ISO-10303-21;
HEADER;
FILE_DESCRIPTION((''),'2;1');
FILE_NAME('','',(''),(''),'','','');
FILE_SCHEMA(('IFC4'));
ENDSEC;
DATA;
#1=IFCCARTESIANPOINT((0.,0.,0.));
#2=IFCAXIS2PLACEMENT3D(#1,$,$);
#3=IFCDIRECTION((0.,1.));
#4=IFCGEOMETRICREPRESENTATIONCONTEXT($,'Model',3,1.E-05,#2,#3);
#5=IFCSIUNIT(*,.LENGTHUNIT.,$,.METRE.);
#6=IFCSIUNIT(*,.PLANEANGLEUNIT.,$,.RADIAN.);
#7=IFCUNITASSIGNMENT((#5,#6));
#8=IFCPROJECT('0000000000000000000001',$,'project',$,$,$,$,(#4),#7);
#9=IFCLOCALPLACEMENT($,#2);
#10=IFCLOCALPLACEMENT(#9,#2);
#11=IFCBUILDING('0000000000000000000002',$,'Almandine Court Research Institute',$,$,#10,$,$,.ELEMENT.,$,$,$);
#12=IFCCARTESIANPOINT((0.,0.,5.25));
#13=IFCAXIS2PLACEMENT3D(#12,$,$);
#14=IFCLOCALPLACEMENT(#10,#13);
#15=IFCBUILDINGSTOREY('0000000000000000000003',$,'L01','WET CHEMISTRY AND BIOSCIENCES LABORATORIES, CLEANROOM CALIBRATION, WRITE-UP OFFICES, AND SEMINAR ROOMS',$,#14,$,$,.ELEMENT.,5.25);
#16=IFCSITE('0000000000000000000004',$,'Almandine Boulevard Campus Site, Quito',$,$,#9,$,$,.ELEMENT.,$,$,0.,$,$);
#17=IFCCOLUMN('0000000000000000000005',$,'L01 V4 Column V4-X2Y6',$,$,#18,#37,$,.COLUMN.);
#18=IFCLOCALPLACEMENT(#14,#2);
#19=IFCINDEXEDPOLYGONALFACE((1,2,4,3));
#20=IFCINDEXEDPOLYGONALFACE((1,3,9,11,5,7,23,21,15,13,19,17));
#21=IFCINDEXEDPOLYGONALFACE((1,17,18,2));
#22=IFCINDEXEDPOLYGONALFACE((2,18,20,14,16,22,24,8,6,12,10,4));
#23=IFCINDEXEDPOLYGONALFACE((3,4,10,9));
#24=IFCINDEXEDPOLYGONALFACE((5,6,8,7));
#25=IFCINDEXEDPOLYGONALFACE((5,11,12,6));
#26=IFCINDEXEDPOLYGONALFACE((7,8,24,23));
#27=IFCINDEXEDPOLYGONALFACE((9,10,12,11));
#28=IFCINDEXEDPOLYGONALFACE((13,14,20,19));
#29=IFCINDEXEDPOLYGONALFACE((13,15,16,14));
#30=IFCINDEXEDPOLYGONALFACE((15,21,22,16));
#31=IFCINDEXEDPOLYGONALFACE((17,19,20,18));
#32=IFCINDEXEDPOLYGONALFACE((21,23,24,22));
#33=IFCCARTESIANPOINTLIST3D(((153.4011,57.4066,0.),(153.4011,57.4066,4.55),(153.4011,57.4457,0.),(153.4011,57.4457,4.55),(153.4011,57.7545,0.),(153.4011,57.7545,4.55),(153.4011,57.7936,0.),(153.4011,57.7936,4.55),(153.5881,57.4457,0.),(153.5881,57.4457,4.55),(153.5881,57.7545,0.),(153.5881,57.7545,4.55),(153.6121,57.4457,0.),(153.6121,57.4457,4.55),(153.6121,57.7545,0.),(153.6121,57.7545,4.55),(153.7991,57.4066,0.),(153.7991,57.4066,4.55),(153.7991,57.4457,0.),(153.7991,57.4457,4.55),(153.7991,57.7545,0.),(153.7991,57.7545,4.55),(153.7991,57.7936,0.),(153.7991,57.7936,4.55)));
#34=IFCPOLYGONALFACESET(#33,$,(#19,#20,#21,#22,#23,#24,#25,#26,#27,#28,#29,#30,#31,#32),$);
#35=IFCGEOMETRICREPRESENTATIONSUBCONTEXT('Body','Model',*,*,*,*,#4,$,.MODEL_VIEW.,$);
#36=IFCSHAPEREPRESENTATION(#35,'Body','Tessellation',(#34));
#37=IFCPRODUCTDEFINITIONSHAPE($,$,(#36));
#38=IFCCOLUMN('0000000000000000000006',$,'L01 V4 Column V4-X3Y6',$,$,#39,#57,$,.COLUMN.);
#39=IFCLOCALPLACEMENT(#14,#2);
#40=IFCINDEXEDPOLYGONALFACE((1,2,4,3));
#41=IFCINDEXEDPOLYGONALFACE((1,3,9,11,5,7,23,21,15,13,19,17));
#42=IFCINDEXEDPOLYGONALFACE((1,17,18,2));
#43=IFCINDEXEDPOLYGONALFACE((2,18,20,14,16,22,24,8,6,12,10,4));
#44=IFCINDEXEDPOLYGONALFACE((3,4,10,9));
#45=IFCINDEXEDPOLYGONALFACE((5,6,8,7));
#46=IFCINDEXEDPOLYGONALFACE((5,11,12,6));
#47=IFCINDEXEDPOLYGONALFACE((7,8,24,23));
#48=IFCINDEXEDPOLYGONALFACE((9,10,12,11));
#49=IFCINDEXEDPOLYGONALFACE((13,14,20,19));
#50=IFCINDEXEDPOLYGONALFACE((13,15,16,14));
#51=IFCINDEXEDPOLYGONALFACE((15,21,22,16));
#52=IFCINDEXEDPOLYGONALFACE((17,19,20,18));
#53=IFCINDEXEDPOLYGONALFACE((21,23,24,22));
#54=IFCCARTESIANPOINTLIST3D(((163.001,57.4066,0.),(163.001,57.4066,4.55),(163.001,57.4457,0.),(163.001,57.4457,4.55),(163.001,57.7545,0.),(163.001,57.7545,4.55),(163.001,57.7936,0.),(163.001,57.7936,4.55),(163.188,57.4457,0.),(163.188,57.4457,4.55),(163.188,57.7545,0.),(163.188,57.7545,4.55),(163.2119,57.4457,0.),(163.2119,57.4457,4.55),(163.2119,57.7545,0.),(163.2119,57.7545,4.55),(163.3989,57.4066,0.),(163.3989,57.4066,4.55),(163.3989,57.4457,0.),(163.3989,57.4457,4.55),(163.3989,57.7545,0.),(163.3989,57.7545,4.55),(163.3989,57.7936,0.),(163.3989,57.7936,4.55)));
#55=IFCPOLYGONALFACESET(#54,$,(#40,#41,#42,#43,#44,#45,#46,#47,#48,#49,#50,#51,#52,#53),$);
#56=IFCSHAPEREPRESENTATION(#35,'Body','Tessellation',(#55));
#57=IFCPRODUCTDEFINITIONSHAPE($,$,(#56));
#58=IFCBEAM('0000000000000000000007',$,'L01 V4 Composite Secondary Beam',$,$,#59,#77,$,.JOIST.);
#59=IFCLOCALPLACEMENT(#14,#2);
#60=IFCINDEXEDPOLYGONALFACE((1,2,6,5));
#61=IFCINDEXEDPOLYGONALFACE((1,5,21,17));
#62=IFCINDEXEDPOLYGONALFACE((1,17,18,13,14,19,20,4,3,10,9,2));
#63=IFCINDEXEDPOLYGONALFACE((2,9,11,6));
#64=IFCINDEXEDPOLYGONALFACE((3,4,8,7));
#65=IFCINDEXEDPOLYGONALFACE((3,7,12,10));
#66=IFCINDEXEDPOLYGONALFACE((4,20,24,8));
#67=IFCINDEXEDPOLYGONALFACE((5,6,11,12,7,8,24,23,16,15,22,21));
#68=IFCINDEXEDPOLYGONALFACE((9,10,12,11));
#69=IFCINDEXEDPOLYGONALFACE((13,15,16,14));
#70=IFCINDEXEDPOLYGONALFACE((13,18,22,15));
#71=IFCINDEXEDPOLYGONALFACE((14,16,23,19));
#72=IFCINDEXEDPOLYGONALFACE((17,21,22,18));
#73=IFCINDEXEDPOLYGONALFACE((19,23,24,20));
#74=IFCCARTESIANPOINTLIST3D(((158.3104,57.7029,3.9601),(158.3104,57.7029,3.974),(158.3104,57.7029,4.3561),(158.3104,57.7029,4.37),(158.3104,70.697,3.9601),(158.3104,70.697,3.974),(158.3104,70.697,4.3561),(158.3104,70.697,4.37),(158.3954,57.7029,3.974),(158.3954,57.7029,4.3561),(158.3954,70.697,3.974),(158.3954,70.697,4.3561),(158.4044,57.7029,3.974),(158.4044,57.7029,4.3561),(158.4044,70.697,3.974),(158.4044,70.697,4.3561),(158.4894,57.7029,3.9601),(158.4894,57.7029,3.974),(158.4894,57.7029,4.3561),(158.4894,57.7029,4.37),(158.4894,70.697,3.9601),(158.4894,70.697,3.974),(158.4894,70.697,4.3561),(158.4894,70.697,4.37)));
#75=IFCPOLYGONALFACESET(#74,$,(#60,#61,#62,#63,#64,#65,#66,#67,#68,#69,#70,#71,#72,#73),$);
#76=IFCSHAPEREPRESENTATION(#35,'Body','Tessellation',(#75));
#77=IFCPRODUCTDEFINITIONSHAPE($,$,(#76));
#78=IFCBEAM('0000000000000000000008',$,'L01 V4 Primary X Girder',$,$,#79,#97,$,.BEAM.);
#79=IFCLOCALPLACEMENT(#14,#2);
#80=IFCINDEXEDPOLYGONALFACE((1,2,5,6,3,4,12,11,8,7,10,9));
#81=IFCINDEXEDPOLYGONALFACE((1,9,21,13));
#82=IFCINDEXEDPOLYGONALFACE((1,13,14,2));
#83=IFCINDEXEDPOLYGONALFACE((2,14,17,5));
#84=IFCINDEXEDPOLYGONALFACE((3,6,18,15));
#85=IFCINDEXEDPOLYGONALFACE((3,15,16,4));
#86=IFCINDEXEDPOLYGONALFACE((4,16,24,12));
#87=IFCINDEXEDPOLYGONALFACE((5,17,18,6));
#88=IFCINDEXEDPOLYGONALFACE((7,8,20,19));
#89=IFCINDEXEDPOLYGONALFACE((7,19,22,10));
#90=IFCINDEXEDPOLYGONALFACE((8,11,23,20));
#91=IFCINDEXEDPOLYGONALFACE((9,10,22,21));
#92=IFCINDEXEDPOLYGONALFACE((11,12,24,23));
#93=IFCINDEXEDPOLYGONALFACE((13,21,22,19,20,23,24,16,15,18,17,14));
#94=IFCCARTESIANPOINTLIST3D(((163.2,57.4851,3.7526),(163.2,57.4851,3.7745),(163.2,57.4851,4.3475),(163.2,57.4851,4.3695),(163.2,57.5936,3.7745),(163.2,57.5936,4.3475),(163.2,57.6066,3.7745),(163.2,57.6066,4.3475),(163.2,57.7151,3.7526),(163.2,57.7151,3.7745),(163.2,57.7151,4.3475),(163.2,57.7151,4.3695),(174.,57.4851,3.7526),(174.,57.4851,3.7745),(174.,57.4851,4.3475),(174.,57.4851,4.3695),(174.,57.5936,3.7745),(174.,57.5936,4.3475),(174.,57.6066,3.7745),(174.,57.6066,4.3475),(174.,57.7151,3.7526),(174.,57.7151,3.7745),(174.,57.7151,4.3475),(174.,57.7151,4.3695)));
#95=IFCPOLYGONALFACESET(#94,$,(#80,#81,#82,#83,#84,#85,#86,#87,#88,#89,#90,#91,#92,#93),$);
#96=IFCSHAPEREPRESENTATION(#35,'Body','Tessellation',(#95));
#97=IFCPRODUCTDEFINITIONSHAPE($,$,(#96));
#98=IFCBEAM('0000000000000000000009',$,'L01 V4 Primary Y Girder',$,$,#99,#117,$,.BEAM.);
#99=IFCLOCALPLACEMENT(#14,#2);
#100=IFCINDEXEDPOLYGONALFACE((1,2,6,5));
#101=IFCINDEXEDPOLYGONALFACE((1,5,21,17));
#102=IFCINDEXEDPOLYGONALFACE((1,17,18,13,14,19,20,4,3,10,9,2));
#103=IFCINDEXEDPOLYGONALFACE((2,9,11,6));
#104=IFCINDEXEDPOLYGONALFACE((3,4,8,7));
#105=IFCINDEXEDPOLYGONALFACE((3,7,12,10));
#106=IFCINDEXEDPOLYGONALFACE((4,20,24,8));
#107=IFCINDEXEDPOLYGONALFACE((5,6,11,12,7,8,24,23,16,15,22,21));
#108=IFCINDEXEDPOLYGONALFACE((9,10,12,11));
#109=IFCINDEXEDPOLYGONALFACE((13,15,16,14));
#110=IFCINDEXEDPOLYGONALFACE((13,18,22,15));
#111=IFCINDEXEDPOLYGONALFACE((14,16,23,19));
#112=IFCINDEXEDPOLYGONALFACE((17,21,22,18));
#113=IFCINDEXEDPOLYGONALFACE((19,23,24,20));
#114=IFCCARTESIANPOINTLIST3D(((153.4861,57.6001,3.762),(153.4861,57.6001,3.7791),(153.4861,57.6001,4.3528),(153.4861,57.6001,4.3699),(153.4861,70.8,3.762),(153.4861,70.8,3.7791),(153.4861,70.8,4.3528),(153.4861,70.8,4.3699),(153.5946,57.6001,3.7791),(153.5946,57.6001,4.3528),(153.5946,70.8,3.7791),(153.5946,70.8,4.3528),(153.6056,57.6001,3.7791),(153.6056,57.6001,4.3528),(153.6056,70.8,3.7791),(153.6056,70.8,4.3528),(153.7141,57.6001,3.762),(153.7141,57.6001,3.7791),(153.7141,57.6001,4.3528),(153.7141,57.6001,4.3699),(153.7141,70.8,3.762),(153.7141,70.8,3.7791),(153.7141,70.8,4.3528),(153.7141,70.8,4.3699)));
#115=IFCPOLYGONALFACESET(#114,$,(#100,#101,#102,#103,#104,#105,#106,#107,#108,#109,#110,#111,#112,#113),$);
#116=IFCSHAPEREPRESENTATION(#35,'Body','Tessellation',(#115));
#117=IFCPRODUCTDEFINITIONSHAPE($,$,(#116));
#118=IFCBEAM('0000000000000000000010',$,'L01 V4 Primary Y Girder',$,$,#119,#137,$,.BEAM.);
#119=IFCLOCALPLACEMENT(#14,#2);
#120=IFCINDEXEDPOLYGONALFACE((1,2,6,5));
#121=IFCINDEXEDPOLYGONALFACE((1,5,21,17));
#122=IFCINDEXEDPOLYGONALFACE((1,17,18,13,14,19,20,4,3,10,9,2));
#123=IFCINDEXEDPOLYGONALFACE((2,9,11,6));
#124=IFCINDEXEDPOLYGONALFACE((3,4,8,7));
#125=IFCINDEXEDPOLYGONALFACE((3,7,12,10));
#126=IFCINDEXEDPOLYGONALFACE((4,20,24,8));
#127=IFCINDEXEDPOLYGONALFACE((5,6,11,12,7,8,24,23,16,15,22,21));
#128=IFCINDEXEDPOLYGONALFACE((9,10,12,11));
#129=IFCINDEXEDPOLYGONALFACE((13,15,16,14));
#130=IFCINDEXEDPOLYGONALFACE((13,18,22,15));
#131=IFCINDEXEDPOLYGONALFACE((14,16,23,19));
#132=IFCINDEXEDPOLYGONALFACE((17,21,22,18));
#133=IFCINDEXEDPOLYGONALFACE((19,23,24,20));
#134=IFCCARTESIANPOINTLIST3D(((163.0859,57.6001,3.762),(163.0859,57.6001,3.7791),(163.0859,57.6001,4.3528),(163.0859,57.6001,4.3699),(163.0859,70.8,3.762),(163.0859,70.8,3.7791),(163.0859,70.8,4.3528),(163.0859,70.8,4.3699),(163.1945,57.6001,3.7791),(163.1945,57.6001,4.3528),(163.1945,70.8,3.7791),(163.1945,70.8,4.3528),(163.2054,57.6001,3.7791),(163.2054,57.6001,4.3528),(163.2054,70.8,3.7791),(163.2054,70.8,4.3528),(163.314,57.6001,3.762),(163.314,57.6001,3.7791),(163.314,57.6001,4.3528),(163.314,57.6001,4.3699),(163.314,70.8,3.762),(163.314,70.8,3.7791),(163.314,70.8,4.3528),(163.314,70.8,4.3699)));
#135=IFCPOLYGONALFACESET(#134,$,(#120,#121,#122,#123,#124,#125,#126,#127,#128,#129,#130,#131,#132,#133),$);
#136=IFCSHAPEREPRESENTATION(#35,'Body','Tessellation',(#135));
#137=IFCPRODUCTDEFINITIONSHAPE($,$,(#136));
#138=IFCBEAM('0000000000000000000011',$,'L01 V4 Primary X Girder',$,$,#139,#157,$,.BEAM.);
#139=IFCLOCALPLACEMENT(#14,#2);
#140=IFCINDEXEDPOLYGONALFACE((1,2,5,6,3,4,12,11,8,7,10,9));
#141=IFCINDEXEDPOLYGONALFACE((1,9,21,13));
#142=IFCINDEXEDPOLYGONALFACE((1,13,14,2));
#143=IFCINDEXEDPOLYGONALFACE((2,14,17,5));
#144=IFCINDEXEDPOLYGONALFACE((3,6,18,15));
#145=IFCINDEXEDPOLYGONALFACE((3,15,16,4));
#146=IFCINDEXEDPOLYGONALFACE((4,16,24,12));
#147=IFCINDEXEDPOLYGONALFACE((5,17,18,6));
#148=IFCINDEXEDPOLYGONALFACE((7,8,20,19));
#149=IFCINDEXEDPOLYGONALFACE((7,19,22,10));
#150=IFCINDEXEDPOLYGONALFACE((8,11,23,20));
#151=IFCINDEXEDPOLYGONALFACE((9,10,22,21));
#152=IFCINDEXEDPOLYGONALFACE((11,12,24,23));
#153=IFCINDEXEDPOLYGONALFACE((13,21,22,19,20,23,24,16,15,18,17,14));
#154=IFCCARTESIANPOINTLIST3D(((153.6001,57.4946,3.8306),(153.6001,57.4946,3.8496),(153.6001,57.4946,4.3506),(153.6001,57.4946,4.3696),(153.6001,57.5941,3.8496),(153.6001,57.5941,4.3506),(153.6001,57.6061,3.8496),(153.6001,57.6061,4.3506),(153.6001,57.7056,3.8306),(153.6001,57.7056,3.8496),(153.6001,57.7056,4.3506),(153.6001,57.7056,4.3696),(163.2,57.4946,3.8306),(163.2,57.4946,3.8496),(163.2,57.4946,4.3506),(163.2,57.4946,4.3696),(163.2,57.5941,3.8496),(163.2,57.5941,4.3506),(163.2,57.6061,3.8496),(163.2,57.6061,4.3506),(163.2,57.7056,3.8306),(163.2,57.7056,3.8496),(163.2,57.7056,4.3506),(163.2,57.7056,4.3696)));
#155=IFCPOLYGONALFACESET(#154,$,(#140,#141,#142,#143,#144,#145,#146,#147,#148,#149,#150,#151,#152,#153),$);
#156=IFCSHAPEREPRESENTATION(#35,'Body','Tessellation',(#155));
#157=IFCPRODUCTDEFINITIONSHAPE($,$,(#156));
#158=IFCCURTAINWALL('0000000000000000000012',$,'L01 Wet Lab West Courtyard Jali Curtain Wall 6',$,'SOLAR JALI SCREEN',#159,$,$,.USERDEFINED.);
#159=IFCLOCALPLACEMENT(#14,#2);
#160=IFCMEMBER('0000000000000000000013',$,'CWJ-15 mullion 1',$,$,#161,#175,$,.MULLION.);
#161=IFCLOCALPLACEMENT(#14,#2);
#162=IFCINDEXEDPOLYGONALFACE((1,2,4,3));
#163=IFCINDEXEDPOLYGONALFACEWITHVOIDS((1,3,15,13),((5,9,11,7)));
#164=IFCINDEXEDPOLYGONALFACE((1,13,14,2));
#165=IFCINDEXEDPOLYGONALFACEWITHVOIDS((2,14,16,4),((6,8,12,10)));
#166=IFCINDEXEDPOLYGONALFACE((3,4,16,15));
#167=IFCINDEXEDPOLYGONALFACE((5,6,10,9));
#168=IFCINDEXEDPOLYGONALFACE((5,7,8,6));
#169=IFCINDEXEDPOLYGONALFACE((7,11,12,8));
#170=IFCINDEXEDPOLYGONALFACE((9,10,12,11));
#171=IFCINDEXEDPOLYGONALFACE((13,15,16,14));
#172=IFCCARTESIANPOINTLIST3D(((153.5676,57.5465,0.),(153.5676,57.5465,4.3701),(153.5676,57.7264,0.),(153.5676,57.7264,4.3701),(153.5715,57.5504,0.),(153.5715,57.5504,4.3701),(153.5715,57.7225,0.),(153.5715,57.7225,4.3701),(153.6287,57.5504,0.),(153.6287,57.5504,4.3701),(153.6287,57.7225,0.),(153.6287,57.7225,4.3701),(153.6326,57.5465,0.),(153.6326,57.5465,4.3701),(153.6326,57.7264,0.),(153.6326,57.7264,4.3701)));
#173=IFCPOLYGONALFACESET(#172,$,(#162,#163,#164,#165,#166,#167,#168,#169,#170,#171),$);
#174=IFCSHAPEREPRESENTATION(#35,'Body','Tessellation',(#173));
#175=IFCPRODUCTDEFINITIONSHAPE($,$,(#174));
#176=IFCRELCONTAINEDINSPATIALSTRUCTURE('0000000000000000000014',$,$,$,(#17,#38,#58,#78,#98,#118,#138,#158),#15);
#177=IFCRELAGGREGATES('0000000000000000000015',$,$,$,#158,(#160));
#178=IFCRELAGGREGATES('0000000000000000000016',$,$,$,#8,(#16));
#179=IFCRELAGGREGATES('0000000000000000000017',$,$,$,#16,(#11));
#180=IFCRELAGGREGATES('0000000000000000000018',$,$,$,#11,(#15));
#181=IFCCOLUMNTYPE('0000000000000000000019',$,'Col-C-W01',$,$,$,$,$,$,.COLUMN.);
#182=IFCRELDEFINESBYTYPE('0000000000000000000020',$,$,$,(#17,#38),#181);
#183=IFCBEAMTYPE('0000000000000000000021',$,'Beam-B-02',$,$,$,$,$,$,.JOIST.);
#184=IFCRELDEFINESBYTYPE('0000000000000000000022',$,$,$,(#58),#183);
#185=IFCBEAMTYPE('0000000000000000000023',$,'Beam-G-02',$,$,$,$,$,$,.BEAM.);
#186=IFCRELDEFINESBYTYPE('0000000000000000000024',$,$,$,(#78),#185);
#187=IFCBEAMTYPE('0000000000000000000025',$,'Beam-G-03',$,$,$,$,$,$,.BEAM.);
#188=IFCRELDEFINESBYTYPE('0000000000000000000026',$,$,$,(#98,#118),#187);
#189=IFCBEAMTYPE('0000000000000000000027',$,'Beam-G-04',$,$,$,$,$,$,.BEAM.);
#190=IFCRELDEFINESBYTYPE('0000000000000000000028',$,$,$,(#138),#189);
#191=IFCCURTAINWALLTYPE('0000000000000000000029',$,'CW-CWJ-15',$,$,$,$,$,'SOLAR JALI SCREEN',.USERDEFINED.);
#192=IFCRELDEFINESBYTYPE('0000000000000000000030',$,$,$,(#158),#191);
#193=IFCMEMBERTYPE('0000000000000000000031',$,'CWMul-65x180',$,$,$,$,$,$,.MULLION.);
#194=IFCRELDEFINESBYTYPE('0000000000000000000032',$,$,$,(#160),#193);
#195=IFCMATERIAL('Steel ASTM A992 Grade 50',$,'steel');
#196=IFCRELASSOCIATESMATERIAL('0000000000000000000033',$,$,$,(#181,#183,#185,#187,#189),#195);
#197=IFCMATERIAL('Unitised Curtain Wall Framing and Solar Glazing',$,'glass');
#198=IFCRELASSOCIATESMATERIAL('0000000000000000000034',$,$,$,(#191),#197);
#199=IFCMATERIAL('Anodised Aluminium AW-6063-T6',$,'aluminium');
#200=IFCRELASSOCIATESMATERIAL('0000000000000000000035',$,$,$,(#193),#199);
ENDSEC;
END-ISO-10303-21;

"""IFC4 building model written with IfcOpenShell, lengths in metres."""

from ifc_helpers import new_model, si_unit, direction, frame, origin, origin_2d, place, context, subcontext, project, spatial, hollow_rectangle, i_section, extrude, material, material_profile, profile_set, type_object, element, aggregate, save


model = new_model("IFC4")

# Units and contexts
model_context = context("Model", 3, precision=1e-05, world=origin(), true_north=direction((0.0, 1.0)))
body_context = subcontext(model_context, "Body", "Model", "MODEL_VIEW")
ifc_project = project(units=[si_unit("LENGTHUNIT", "METRE"), si_unit("PLANEANGLEUNIT", "RADIAN")], contexts=[model_context])

# Site, building, storey
site_placement = place(None, origin())
site = spatial("IfcSite", under=ifc_project, at=site_placement, Name="Almandine Boulevard Campus Site, Quito", CompositionType="ELEMENT", RefElevation=0.0)
building_placement = place(site_placement, origin())
building = spatial("IfcBuilding", under=site, at=building_placement, Name="Almandine Court Research Institute", CompositionType="ELEMENT")
storey_placement = place(building_placement, frame((0.0, 0.0, 5.25)))
storey = spatial("IfcBuildingStorey", under=building, at=storey_placement, Name="L01", Description="WET CHEMISTRY AND BIOSCIENCES LABORATORIES, CLEANROOM CALIBRATION, WRITE-UP OFFICES, AND SEMINAR ROOMS", CompositionType="ELEMENT", Elevation=5.25)

# Columns
ifc_material_1 = material(Name="Steel ASTM A992 Grade 50", Category="steel")
ifc_material_profile_1 = material_profile(ifc_material_1, i_section(OverallWidth=0.3979, OverallDepth=0.387, WebThickness=0.0239, FlangeThickness=0.0391, at=origin_2d()), Name="W360x262")
ifc_profile_set_1 = profile_set([ifc_material_profile_1], Name="Steel ASTM A992 Grade 50")
column_type = type_object("IfcColumnType", Name="Col-C-W01", PredefinedType="COLUMN", material=ifc_profile_set_1)
for number, where, z_axis, x_axis, name in (
    (1, (153.6001, 57.6001, 0.0), (0.0, 0.0, 1.0), (1.0, 0.0, 0.0), "L01 V4 Column V4-X2Y6"),
    (2, (163.2, 57.6001, 0.0), (0.0, 0.0, 1.0), (1.0, 0.0, 0.0), "L01 V4 Column V4-X3Y6"),
):
    element("IfcColumn", number, at=place(storey_placement, frame(where, z_axis=z_axis, x_axis=x_axis)), inside=storey, type_object=column_type, Name=name, PredefinedType="COLUMN", context=body_context, shape_type="SweptSolid", body=[
        extrude(i_section(OverallWidth=0.3979, OverallDepth=0.387, WebThickness=0.0239, FlangeThickness=0.0391, at=origin_2d()), origin(), (0.0, 0.0, 1.0), 4.55),
    ])

# Beams
ifc_material_profile_2 = material_profile(ifc_material_1, i_section(OverallWidth=0.179, OverallDepth=0.4099, WebThickness=0.009, FlangeThickness=0.0139, at=origin_2d()), Name="W410x67")
ifc_profile_set_2 = profile_set([ifc_material_profile_2], Name="Steel ASTM A992 Grade 50")
beam_type_1 = type_object("IfcBeamType", Name="Beam-B-02", PredefinedType="JOIST", material=ifc_profile_set_2)
beam_1_placement = place(storey_placement, frame((158.3999, 57.7029, 4.165), z_axis=(0.0, 1.0, 0.0), x_axis=(-1.0, 0.0, 0.0)))
element("IfcBeam", 3, at=beam_1_placement, inside=storey, type_object=beam_type_1, Name="L01 V4 Composite Secondary Beam", PredefinedType="JOIST", context=body_context, shape_type="SweptSolid", body=[
    extrude(i_section(OverallWidth=0.179, OverallDepth=0.4099, WebThickness=0.009, FlangeThickness=0.0139, at=origin_2d()), origin(), (0.0, 0.0, 1.0), 12.9941),
])
ifc_material_profile_3 = material_profile(ifc_material_1, i_section(OverallWidth=0.23, OverallDepth=0.6169, WebThickness=0.0129, FlangeThickness=0.022, at=origin_2d()), Name="W610x140")
ifc_profile_set_3 = profile_set([ifc_material_profile_3], Name="Steel ASTM A992 Grade 50")
beam_type_2 = type_object("IfcBeamType", Name="Beam-G-02", PredefinedType="BEAM", material=ifc_profile_set_3)
beam_2_placement = place(storey_placement, frame((163.2, 57.6001, 4.061), z_axis=(1.0, 0.0, 0.0), x_axis=(0.0, 1.0, 0.0)))
element("IfcBeam", 4, at=beam_2_placement, inside=storey, type_object=beam_type_2, Name="L01 V4 Primary X Girder", PredefinedType="BEAM", context=body_context, shape_type="SweptSolid", body=[
    extrude(i_section(OverallWidth=0.23, OverallDepth=0.6169, WebThickness=0.0129, FlangeThickness=0.022, at=origin_2d()), origin(), (0.0, 0.0, 1.0), 10.8),
])
ifc_material_profile_4 = material_profile(ifc_material_1, i_section(OverallWidth=0.228, OverallDepth=0.6079, WebThickness=0.011, FlangeThickness=0.0171, at=origin_2d()), Name="W610x113")
ifc_profile_set_4 = profile_set([ifc_material_profile_4], Name="Steel ASTM A992 Grade 50")
beam_type_3 = type_object("IfcBeamType", Name="Beam-G-03", PredefinedType="BEAM", material=ifc_profile_set_4)
for number, where, z_axis, x_axis, name in (
    (5, (153.6001, 57.6001, 4.0659), (0.0, 1.0, 0.0), (-1.0, 0.0, 0.0), "L01 V4 Primary Y Girder"),
    (6, (163.2, 57.6001, 4.0659), (0.0, 1.0, 0.0), (-1.0, 0.0, 0.0), "L01 V4 Primary Y Girder"),
):
    element("IfcBeam", number, at=place(storey_placement, frame(where, z_axis=z_axis, x_axis=x_axis)), inside=storey, type_object=beam_type_3, Name=name, PredefinedType="BEAM", context=body_context, shape_type="SweptSolid", body=[
        extrude(i_section(OverallWidth=0.228, OverallDepth=0.6079, WebThickness=0.011, FlangeThickness=0.0171, at=origin_2d()), origin(), (0.0, 0.0, 1.0), 13.2),
    ])
ifc_material_profile_5 = material_profile(ifc_material_1, i_section(OverallWidth=0.2109, OverallDepth=0.5391, WebThickness=0.012, FlangeThickness=0.019, at=origin_2d()), Name="W530x109")
ifc_profile_set_5 = profile_set([ifc_material_profile_5], Name="Steel ASTM A992 Grade 50")
beam_type_4 = type_object("IfcBeamType", Name="Beam-G-04", PredefinedType="BEAM", material=ifc_profile_set_5)
beam_3_placement = place(storey_placement, frame((153.6001, 57.6001, 4.1001), z_axis=(1.0, 0.0, 0.0), x_axis=(0.0, 1.0, 0.0)))
element("IfcBeam", 7, at=beam_3_placement, inside=storey, type_object=beam_type_4, Name="L01 V4 Primary X Girder", PredefinedType="BEAM", context=body_context, shape_type="SweptSolid", body=[
    extrude(i_section(OverallWidth=0.2109, OverallDepth=0.5391, WebThickness=0.012, FlangeThickness=0.019, at=origin_2d()), origin(), (0.0, 0.0, 1.0), 9.5999),
])

# Curtain wall, member
ifc_material_2 = material(Name="Unitised Curtain Wall Framing and Solar Glazing", Category="glass")
curtain_wall_type = type_object("IfcCurtainWallType", Name="CW-CWJ-15", ElementType="SOLAR JALI SCREEN", PredefinedType="USERDEFINED", material=ifc_material_2)
curtain_wall_placement = place(storey_placement, origin())
curtain_wall = element("IfcCurtainWall", 8, at=curtain_wall_placement, inside=storey, type_object=curtain_wall_type, Name="L01 Wet Lab West Courtyard Jali Curtain Wall 6", ObjectType="SOLAR JALI SCREEN", PredefinedType="USERDEFINED")
ifc_material_3 = material(Name="Anodised Aluminium AW-6063-T6", Category="aluminium")
ifc_material_profile_6 = material_profile(ifc_material_3, hollow_rectangle(XDim=0.0649, YDim=0.1799, WallThickness=0.0039, at=origin_2d()), Name="ALU RHS 65x180x4")
ifc_profile_set_6 = profile_set([ifc_material_profile_6], Name="Anodised Aluminium AW-6063-T6")
member_type_1 = type_object("IfcMemberType", Name="CWMul-65x180", PredefinedType="MULLION", material=ifc_profile_set_6)
member_1_placement = place(storey_placement, frame((153.6001, 57.6365, 0.0), z_axis=(0.0, 0.0, 1.0), x_axis=(-1.0, 0.0, 0.0)))
member_1 = element("IfcMember", 9, at=member_1_placement, type_object=member_type_1, Name="CWJ-15 mullion 1", PredefinedType="MULLION", context=body_context, shape_type="SweptSolid", body=[
    extrude(hollow_rectangle(XDim=0.0649, YDim=0.1799, WallThickness=0.0039, at=origin_2d()), origin(), (0.0, 0.0, 1.0), 4.3701),
])
aggregate(curtain_wall, [member_1])

save(model, "model.ifc")
